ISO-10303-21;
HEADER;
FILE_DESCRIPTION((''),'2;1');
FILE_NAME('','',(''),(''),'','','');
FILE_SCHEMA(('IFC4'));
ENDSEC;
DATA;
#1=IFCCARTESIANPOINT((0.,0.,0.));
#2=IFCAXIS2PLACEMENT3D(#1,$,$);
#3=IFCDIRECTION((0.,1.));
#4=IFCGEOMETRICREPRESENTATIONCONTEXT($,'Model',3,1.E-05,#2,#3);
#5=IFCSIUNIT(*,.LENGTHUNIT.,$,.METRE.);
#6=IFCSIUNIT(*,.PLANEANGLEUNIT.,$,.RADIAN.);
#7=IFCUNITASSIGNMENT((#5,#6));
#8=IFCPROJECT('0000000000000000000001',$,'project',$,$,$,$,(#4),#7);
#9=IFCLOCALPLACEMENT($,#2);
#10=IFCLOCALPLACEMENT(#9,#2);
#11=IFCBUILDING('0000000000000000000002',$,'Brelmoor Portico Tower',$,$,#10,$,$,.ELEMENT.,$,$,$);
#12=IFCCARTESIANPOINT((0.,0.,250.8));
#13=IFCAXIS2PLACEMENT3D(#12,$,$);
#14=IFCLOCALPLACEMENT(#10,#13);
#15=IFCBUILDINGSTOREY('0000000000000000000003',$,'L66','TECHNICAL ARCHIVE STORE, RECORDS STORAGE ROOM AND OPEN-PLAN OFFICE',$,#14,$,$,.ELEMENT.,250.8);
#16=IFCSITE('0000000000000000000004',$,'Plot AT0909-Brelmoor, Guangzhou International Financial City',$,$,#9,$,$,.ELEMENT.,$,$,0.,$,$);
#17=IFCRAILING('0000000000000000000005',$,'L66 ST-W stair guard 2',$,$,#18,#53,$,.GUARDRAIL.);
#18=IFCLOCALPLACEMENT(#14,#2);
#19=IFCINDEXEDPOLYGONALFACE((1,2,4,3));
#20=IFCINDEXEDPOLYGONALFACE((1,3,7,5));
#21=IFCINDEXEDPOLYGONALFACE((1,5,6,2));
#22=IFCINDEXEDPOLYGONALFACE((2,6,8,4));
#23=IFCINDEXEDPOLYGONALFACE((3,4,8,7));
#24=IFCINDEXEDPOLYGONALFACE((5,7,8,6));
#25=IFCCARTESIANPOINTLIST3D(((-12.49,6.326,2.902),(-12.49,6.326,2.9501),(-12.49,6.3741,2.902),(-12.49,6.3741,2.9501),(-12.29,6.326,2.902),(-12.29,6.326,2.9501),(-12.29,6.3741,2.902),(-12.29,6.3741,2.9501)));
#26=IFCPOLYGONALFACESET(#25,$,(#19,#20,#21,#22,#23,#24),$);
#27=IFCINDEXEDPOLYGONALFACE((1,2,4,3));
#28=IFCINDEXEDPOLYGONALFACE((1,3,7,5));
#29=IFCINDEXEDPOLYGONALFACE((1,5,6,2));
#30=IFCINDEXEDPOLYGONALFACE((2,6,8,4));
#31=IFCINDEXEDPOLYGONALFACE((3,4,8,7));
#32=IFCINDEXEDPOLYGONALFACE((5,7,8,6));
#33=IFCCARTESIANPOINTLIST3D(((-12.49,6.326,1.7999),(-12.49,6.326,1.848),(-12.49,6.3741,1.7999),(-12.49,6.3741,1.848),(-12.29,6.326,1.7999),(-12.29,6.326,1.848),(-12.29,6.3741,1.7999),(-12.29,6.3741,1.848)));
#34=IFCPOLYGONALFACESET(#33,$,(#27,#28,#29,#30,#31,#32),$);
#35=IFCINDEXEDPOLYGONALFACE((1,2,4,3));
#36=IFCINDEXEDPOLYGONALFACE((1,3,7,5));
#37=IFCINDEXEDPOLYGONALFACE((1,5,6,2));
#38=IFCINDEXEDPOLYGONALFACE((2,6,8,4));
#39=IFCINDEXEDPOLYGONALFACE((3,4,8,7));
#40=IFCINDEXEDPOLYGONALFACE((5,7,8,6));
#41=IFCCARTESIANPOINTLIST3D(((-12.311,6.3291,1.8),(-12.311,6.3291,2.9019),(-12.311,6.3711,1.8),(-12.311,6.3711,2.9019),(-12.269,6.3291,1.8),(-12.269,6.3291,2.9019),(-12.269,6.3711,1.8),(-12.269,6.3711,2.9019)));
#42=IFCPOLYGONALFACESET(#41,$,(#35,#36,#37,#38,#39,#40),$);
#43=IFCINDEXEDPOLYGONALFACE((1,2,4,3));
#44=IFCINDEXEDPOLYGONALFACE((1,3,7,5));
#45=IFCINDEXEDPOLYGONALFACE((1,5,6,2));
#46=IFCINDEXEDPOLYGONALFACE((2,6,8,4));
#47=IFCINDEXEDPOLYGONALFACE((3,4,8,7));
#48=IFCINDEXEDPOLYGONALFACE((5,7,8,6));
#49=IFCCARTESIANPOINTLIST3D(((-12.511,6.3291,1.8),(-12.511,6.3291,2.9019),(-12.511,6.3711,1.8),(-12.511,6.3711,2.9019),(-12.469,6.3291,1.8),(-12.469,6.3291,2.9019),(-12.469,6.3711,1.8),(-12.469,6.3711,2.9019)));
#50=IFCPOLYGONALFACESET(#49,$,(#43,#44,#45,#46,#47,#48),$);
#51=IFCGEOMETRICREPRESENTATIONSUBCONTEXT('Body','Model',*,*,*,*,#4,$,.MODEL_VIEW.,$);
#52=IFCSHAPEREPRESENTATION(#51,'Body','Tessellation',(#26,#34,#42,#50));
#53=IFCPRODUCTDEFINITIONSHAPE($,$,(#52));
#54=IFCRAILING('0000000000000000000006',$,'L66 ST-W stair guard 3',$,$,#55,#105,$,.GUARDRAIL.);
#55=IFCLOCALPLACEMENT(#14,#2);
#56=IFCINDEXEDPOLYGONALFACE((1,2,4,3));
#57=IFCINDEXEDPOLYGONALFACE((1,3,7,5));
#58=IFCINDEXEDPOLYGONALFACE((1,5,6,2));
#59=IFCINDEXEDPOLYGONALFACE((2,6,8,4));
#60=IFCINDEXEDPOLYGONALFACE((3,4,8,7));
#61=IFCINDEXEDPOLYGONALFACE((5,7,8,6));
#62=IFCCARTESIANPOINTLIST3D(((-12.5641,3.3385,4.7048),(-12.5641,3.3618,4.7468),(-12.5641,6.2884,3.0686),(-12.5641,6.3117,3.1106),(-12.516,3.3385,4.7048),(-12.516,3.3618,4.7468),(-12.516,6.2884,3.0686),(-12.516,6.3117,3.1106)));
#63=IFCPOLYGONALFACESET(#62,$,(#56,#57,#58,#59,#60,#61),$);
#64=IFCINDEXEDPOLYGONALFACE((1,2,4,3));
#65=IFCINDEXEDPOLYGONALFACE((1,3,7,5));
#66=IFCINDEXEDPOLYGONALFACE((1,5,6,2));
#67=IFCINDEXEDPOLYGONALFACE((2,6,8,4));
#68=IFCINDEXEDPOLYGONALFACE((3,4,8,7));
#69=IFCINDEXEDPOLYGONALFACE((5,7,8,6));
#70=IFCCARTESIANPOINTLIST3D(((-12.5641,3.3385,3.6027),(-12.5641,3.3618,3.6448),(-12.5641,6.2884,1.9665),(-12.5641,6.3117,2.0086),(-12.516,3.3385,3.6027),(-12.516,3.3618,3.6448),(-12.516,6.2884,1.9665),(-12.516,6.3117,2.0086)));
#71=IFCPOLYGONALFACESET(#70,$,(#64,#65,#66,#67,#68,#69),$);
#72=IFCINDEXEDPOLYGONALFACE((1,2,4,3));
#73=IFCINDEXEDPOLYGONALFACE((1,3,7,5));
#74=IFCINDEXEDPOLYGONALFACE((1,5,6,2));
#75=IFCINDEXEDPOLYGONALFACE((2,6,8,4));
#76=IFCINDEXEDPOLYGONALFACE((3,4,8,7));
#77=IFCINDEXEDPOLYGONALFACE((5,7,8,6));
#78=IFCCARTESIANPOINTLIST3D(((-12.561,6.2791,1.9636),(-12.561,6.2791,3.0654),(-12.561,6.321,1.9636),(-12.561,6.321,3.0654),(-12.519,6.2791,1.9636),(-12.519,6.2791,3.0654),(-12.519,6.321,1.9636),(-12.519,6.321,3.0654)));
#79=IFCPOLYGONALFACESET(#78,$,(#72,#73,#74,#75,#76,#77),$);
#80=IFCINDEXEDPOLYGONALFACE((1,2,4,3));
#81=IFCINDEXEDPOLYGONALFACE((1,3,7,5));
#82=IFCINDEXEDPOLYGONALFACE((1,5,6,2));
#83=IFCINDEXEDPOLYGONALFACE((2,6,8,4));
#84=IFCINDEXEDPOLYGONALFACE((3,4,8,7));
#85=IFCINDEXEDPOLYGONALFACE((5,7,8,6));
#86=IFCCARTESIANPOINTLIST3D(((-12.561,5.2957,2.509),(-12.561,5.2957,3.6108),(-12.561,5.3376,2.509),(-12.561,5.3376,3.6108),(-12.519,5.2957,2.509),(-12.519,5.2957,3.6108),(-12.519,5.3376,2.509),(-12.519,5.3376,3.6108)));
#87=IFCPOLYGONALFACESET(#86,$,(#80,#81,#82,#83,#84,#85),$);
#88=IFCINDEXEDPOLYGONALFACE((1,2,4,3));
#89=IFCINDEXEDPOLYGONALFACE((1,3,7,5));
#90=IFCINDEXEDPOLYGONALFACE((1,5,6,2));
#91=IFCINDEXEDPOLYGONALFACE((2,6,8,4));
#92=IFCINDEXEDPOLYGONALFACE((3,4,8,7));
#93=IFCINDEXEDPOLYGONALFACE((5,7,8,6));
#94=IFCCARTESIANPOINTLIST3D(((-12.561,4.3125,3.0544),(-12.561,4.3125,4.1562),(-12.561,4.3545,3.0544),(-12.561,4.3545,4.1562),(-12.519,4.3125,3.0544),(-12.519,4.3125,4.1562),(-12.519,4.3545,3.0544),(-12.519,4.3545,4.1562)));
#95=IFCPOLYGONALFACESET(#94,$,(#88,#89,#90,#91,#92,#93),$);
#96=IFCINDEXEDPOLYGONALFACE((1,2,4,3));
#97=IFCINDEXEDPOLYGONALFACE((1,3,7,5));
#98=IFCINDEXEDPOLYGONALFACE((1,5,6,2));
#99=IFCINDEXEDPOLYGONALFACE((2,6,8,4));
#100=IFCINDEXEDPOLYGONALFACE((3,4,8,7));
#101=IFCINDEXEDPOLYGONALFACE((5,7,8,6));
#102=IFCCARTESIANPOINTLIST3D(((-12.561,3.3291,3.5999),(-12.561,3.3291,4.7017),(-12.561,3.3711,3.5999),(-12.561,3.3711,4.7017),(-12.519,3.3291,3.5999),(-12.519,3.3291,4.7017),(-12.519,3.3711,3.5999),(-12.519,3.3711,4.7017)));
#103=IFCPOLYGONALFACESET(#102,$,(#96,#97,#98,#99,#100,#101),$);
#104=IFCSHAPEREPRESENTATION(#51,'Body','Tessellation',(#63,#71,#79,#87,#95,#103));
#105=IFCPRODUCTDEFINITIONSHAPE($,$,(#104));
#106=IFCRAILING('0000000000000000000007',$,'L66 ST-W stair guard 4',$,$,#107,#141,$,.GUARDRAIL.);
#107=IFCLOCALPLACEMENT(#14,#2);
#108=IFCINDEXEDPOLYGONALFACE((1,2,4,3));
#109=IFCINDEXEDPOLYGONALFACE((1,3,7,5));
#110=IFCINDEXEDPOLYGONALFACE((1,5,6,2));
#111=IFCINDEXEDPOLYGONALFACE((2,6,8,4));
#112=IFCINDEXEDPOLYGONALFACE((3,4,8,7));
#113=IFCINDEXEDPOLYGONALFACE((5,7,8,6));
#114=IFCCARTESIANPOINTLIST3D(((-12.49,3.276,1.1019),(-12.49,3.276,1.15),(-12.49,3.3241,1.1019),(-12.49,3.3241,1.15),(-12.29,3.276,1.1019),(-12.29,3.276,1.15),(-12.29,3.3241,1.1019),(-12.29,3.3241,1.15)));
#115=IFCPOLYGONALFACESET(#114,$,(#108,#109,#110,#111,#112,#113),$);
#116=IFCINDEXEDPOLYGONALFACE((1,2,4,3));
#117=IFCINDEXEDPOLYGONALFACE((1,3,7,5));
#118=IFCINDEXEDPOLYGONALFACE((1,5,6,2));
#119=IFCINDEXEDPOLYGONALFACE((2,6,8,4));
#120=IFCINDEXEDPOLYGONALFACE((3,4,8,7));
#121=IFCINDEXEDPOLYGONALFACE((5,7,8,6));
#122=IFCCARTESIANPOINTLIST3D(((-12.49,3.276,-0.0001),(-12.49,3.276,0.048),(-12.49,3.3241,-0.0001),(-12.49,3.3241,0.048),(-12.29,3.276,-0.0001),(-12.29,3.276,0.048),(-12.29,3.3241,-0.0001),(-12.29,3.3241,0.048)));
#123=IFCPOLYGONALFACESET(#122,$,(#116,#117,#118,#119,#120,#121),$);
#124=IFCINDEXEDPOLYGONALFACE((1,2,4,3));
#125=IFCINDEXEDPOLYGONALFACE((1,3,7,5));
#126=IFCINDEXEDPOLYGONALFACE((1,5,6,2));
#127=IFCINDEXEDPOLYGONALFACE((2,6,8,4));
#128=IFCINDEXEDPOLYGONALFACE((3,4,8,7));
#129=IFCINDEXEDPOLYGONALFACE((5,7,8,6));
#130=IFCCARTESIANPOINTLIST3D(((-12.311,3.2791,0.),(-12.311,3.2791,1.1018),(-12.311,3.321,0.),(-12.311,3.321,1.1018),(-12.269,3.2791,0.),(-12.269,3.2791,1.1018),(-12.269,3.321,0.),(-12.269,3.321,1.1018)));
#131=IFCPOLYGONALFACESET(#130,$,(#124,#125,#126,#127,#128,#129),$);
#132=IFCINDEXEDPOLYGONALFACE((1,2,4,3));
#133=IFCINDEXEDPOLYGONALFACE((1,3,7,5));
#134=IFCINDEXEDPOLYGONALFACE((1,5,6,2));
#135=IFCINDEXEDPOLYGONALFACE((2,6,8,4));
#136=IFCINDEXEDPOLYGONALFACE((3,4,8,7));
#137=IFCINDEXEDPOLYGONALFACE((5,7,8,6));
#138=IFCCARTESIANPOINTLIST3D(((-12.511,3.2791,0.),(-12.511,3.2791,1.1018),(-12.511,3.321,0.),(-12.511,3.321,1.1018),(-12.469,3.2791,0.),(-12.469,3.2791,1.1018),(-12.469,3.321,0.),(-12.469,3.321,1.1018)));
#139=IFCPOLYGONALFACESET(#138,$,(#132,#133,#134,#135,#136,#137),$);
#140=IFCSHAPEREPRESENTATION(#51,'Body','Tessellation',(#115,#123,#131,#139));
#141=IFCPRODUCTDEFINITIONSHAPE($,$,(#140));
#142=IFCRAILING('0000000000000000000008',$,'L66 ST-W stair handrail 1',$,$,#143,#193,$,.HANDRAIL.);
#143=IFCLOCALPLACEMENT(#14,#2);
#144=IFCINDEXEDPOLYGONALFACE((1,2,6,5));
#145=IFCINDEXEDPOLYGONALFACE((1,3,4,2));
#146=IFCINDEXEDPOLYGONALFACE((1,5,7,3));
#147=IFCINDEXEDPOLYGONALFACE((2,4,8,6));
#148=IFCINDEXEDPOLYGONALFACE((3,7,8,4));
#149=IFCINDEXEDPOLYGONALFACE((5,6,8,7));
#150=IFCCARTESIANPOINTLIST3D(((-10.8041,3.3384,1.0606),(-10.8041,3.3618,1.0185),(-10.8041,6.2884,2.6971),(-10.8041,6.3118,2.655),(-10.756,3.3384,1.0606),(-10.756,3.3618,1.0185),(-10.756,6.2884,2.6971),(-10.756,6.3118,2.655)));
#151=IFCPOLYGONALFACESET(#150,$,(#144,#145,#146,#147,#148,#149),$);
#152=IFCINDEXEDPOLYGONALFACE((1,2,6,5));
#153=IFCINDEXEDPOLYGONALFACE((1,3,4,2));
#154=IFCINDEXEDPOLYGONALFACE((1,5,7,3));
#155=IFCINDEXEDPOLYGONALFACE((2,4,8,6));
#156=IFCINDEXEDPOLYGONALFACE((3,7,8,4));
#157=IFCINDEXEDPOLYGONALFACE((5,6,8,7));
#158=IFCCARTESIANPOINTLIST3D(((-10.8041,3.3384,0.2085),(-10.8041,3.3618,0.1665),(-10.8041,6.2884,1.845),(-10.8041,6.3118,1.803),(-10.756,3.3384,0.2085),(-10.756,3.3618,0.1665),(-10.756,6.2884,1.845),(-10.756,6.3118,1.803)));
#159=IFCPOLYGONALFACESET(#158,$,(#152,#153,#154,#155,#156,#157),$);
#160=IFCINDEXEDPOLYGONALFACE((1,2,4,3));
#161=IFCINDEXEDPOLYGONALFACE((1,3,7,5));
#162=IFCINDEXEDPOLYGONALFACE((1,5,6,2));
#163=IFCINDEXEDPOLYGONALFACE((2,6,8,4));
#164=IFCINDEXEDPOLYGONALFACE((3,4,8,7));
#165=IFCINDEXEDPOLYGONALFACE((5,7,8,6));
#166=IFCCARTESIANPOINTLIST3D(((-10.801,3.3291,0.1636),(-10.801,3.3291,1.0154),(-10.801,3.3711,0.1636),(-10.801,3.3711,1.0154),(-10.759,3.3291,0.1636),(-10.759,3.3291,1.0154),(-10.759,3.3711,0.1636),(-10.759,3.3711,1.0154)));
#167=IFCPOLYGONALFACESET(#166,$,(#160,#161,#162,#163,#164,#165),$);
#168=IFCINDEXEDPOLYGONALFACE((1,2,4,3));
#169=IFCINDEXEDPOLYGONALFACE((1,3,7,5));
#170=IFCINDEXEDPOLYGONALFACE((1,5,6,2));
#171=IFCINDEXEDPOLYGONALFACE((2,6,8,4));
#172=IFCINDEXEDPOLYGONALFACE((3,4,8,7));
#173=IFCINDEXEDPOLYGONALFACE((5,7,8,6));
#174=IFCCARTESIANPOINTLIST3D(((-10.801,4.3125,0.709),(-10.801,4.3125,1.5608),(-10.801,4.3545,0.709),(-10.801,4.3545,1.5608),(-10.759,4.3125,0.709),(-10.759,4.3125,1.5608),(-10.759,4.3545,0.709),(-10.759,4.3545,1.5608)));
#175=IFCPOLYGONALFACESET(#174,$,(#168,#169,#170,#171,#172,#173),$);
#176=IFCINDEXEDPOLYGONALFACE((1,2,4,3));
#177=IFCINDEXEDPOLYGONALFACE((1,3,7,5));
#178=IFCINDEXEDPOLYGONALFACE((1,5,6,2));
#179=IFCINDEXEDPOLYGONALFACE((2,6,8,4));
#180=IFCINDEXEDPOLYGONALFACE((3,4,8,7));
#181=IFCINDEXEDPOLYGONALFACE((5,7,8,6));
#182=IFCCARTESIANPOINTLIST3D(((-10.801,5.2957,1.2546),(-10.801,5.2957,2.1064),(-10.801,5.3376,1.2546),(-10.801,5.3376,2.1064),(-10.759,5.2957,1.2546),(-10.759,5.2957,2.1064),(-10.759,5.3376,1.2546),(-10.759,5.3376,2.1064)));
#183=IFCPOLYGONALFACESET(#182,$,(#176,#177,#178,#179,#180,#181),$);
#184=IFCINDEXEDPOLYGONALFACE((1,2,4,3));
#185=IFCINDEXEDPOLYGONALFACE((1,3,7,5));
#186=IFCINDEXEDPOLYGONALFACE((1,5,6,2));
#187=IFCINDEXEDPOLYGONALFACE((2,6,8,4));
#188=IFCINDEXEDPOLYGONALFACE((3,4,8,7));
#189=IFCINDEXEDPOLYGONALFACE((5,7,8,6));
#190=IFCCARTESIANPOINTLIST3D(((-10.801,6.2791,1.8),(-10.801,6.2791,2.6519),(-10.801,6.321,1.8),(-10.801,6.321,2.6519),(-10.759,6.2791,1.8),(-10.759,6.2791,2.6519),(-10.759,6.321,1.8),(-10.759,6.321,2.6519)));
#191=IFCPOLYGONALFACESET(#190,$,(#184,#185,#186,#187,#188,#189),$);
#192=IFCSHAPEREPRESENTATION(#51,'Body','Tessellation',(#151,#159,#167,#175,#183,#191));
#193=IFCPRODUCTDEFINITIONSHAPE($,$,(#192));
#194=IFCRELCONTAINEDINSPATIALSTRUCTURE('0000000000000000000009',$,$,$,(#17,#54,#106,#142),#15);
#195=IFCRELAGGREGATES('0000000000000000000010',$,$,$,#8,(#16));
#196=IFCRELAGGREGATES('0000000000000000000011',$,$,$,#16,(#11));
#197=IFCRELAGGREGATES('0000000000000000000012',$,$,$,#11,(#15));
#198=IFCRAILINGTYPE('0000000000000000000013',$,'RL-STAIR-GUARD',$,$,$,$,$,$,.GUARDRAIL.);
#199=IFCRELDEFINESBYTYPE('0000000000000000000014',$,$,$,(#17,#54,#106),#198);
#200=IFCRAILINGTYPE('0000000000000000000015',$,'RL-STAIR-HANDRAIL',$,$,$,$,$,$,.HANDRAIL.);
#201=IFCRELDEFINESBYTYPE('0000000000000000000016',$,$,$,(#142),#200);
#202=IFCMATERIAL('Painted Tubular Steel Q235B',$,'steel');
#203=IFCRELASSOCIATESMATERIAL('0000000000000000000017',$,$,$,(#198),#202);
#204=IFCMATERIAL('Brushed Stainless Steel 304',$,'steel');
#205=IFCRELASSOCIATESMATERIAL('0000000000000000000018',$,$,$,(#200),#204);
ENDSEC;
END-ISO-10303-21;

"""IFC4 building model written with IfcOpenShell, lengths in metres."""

from ifc_helpers import new_model, si_unit, direction, frame, origin, origin_2d, place, context, subcontext, project, spatial, rectangle, extrude, material, type_object, element, save


model = new_model("IFC4")

# Units and contexts
model_context = context("Model", 3, precision=1e-05, world=origin(), true_north=direction((0.0, 1.0)))
body_context = subcontext(model_context, "Body", "Model", "MODEL_VIEW")
ifc_project = project(units=[si_unit("LENGTHUNIT", "METRE"), si_unit("PLANEANGLEUNIT", "RADIAN")], contexts=[model_context])

# Site, building, storey
site_placement = place(None, origin())
site = spatial("IfcSite", under=ifc_project, at=site_placement, Name="Plot AT0909-Brelmoor, Guangzhou International Financial City", CompositionType="ELEMENT", RefElevation=0.0)
building_placement = place(site_placement, origin())
building = spatial("IfcBuilding", under=site, at=building_placement, Name="Brelmoor Portico Tower", CompositionType="ELEMENT")
storey_placement = place(building_placement, frame((0.0, 0.0, 250.8)))
storey = spatial("IfcBuildingStorey", under=building, at=storey_placement, Name="L66", Description="TECHNICAL ARCHIVE STORE, RECORDS STORAGE ROOM AND OPEN-PLAN OFFICE", CompositionType="ELEMENT", Elevation=250.8)

# Railings
ifc_material_1 = material(Name="Painted Tubular Steel Q235B", Category="steel")
railing_type_1 = type_object("IfcRailingType", Name="RL-STAIR-GUARD", PredefinedType="GUARDRAIL", material=ifc_material_1)
railing_1_placement = place(storey_placement, frame((-12.29, 6.3501, 1.8)))
element("IfcRailing", 1, at=railing_1_placement, inside=storey, type_object=railing_type_1, Name="L66 ST-W stair guard 2", PredefinedType="GUARDRAIL", context=body_context, shape_type="SweptSolid", body=[
    extrude(rectangle(XDim=0.0481, YDim=0.0481, at=origin_2d()), frame((0.0, 0.0, 1.126), z_axis=(-1.0, 0.0, 0.0), x_axis=(0.0, -1.0, 0.0)), (0.0, 0.0, 1.0), 0.2),
    extrude(rectangle(XDim=0.0481, YDim=0.0481, at=origin_2d()), frame((0.0, 0.0, 0.0239), z_axis=(-1.0, 0.0, 0.0), x_axis=(0.0, -1.0, 0.0)), (0.0, 0.0, 1.0), 0.2),
    extrude(rectangle(XDim=0.042, YDim=0.042, at=origin_2d()), origin(), (0.0, 0.0, 1.0), 1.1018),
    extrude(rectangle(XDim=0.042, YDim=0.042, at=origin_2d()), frame((-0.2, 0.0, 0.0)), (0.0, 0.0, 1.0), 1.1018),
])
railing_2_placement = place(storey_placement, frame((-12.54, 6.3, 1.9636)))
element("IfcRailing", 2, at=railing_2_placement, inside=storey, type_object=railing_type_1, Name="L66 ST-W stair guard 3", PredefinedType="GUARDRAIL", context=body_context, shape_type="SweptSolid", body=[
    extrude(rectangle(XDim=0.0481, YDim=0.0481, at=origin_2d()), frame((0.0, 0.0, 1.126), z_axis=(0.0, -0.874488, 0.485047), x_axis=(1.0, 0.0, 0.0)), (0.0, 0.0, 1.0), 3.3733),
    extrude(rectangle(XDim=0.0481, YDim=0.0481, at=origin_2d()), frame((0.0, 0.0, 0.0239), z_axis=(0.0, -0.874488, 0.485047), x_axis=(1.0, 0.0, 0.0)), (0.0, 0.0, 1.0), 3.3733),
    extrude(rectangle(XDim=0.042, YDim=0.042, at=origin_2d()), origin(), (0.0, 0.0, 1.0), 1.1018),
    extrude(rectangle(XDim=0.042, YDim=0.042, at=origin_2d()), frame((0.0, -0.9834, 0.5454)), (0.0, 0.0, 1.0), 1.1018),
    extrude(rectangle(XDim=0.042, YDim=0.042, at=origin_2d()), frame((0.0, -1.9666, 1.0908)), (0.0, 0.0, 1.0), 1.1018),
    extrude(rectangle(XDim=0.042, YDim=0.042, at=origin_2d()), frame((0.0, -2.95, 1.6362)), (0.0, 0.0, 1.0), 1.1018),
])
railing_3_placement = place(storey_placement, frame((-12.29, 3.3, 0.0)))
element("IfcRailing", 3, at=railing_3_placement, inside=storey, type_object=railing_type_1, Name="L66 ST-W stair guard 4", PredefinedType="GUARDRAIL", context=body_context, shape_type="SweptSolid", body=[
    extrude(rectangle(XDim=0.0481, YDim=0.0481, at=origin_2d()), frame((0.0, 0.0, 1.126), z_axis=(-1.0, 0.0, 0.0), x_axis=(0.0, -1.0, 0.0)), (0.0, 0.0, 1.0), 0.2),
    extrude(rectangle(XDim=0.0481, YDim=0.0481, at=origin_2d()), frame((0.0, 0.0, 0.0239), z_axis=(-1.0, 0.0, 0.0), x_axis=(0.0, -1.0, 0.0)), (0.0, 0.0, 1.0), 0.2),
    extrude(rectangle(XDim=0.042, YDim=0.042, at=origin_2d()), origin(), (0.0, 0.0, 1.0), 1.1018),
    extrude(rectangle(XDim=0.042, YDim=0.042, at=origin_2d()), frame((-0.2, 0.0, 0.0)), (0.0, 0.0, 1.0), 1.1018),
])
ifc_material_2 = material(Name="Brushed Stainless Steel 304", Category="steel")
railing_type_2 = type_object("IfcRailingType", Name="RL-STAIR-HANDRAIL", PredefinedType="HANDRAIL", material=ifc_material_2)
railing_4_placement = place(storey_placement, frame((-10.78, 3.3501, 0.1636)))
element("IfcRailing", 4, at=railing_4_placement, inside=storey, type_object=railing_type_2, Name="L66 ST-W stair handrail 1", PredefinedType="HANDRAIL", context=body_context, shape_type="SweptSolid", body=[
    extrude(rectangle(XDim=0.0481, YDim=0.0481, at=origin_2d()), frame((0.0, 0.0, 0.876), z_axis=(0.0, 0.874458, 0.485102), x_axis=(-1.0, 0.0, 0.0)), (0.0, 0.0, 1.0), 3.3735),
    extrude(rectangle(XDim=0.0481, YDim=0.0481, at=origin_2d()), frame((0.0, 0.0, 0.0239), z_axis=(0.0, 0.874458, 0.485102), x_axis=(-1.0, 0.0, 0.0)), (0.0, 0.0, 1.0), 3.3735),
    extrude(rectangle(XDim=0.042, YDim=0.042, at=origin_2d()), origin(), (0.0, 0.0, 1.0), 0.8518),
    extrude(rectangle(XDim=0.042, YDim=0.042, at=origin_2d()), frame((0.0, 0.9834, 0.5454)), (0.0, 0.0, 1.0), 0.8518),
    extrude(rectangle(XDim=0.042, YDim=0.042, at=origin_2d()), frame((0.0, 1.9666, 1.0911)), (0.0, 0.0, 1.0), 0.8518),
    extrude(rectangle(XDim=0.042, YDim=0.042, at=origin_2d()), frame((0.0, 2.95, 1.6365)), (0.0, 0.0, 1.0), 0.8518),
])

save(model, "model.ifc")
